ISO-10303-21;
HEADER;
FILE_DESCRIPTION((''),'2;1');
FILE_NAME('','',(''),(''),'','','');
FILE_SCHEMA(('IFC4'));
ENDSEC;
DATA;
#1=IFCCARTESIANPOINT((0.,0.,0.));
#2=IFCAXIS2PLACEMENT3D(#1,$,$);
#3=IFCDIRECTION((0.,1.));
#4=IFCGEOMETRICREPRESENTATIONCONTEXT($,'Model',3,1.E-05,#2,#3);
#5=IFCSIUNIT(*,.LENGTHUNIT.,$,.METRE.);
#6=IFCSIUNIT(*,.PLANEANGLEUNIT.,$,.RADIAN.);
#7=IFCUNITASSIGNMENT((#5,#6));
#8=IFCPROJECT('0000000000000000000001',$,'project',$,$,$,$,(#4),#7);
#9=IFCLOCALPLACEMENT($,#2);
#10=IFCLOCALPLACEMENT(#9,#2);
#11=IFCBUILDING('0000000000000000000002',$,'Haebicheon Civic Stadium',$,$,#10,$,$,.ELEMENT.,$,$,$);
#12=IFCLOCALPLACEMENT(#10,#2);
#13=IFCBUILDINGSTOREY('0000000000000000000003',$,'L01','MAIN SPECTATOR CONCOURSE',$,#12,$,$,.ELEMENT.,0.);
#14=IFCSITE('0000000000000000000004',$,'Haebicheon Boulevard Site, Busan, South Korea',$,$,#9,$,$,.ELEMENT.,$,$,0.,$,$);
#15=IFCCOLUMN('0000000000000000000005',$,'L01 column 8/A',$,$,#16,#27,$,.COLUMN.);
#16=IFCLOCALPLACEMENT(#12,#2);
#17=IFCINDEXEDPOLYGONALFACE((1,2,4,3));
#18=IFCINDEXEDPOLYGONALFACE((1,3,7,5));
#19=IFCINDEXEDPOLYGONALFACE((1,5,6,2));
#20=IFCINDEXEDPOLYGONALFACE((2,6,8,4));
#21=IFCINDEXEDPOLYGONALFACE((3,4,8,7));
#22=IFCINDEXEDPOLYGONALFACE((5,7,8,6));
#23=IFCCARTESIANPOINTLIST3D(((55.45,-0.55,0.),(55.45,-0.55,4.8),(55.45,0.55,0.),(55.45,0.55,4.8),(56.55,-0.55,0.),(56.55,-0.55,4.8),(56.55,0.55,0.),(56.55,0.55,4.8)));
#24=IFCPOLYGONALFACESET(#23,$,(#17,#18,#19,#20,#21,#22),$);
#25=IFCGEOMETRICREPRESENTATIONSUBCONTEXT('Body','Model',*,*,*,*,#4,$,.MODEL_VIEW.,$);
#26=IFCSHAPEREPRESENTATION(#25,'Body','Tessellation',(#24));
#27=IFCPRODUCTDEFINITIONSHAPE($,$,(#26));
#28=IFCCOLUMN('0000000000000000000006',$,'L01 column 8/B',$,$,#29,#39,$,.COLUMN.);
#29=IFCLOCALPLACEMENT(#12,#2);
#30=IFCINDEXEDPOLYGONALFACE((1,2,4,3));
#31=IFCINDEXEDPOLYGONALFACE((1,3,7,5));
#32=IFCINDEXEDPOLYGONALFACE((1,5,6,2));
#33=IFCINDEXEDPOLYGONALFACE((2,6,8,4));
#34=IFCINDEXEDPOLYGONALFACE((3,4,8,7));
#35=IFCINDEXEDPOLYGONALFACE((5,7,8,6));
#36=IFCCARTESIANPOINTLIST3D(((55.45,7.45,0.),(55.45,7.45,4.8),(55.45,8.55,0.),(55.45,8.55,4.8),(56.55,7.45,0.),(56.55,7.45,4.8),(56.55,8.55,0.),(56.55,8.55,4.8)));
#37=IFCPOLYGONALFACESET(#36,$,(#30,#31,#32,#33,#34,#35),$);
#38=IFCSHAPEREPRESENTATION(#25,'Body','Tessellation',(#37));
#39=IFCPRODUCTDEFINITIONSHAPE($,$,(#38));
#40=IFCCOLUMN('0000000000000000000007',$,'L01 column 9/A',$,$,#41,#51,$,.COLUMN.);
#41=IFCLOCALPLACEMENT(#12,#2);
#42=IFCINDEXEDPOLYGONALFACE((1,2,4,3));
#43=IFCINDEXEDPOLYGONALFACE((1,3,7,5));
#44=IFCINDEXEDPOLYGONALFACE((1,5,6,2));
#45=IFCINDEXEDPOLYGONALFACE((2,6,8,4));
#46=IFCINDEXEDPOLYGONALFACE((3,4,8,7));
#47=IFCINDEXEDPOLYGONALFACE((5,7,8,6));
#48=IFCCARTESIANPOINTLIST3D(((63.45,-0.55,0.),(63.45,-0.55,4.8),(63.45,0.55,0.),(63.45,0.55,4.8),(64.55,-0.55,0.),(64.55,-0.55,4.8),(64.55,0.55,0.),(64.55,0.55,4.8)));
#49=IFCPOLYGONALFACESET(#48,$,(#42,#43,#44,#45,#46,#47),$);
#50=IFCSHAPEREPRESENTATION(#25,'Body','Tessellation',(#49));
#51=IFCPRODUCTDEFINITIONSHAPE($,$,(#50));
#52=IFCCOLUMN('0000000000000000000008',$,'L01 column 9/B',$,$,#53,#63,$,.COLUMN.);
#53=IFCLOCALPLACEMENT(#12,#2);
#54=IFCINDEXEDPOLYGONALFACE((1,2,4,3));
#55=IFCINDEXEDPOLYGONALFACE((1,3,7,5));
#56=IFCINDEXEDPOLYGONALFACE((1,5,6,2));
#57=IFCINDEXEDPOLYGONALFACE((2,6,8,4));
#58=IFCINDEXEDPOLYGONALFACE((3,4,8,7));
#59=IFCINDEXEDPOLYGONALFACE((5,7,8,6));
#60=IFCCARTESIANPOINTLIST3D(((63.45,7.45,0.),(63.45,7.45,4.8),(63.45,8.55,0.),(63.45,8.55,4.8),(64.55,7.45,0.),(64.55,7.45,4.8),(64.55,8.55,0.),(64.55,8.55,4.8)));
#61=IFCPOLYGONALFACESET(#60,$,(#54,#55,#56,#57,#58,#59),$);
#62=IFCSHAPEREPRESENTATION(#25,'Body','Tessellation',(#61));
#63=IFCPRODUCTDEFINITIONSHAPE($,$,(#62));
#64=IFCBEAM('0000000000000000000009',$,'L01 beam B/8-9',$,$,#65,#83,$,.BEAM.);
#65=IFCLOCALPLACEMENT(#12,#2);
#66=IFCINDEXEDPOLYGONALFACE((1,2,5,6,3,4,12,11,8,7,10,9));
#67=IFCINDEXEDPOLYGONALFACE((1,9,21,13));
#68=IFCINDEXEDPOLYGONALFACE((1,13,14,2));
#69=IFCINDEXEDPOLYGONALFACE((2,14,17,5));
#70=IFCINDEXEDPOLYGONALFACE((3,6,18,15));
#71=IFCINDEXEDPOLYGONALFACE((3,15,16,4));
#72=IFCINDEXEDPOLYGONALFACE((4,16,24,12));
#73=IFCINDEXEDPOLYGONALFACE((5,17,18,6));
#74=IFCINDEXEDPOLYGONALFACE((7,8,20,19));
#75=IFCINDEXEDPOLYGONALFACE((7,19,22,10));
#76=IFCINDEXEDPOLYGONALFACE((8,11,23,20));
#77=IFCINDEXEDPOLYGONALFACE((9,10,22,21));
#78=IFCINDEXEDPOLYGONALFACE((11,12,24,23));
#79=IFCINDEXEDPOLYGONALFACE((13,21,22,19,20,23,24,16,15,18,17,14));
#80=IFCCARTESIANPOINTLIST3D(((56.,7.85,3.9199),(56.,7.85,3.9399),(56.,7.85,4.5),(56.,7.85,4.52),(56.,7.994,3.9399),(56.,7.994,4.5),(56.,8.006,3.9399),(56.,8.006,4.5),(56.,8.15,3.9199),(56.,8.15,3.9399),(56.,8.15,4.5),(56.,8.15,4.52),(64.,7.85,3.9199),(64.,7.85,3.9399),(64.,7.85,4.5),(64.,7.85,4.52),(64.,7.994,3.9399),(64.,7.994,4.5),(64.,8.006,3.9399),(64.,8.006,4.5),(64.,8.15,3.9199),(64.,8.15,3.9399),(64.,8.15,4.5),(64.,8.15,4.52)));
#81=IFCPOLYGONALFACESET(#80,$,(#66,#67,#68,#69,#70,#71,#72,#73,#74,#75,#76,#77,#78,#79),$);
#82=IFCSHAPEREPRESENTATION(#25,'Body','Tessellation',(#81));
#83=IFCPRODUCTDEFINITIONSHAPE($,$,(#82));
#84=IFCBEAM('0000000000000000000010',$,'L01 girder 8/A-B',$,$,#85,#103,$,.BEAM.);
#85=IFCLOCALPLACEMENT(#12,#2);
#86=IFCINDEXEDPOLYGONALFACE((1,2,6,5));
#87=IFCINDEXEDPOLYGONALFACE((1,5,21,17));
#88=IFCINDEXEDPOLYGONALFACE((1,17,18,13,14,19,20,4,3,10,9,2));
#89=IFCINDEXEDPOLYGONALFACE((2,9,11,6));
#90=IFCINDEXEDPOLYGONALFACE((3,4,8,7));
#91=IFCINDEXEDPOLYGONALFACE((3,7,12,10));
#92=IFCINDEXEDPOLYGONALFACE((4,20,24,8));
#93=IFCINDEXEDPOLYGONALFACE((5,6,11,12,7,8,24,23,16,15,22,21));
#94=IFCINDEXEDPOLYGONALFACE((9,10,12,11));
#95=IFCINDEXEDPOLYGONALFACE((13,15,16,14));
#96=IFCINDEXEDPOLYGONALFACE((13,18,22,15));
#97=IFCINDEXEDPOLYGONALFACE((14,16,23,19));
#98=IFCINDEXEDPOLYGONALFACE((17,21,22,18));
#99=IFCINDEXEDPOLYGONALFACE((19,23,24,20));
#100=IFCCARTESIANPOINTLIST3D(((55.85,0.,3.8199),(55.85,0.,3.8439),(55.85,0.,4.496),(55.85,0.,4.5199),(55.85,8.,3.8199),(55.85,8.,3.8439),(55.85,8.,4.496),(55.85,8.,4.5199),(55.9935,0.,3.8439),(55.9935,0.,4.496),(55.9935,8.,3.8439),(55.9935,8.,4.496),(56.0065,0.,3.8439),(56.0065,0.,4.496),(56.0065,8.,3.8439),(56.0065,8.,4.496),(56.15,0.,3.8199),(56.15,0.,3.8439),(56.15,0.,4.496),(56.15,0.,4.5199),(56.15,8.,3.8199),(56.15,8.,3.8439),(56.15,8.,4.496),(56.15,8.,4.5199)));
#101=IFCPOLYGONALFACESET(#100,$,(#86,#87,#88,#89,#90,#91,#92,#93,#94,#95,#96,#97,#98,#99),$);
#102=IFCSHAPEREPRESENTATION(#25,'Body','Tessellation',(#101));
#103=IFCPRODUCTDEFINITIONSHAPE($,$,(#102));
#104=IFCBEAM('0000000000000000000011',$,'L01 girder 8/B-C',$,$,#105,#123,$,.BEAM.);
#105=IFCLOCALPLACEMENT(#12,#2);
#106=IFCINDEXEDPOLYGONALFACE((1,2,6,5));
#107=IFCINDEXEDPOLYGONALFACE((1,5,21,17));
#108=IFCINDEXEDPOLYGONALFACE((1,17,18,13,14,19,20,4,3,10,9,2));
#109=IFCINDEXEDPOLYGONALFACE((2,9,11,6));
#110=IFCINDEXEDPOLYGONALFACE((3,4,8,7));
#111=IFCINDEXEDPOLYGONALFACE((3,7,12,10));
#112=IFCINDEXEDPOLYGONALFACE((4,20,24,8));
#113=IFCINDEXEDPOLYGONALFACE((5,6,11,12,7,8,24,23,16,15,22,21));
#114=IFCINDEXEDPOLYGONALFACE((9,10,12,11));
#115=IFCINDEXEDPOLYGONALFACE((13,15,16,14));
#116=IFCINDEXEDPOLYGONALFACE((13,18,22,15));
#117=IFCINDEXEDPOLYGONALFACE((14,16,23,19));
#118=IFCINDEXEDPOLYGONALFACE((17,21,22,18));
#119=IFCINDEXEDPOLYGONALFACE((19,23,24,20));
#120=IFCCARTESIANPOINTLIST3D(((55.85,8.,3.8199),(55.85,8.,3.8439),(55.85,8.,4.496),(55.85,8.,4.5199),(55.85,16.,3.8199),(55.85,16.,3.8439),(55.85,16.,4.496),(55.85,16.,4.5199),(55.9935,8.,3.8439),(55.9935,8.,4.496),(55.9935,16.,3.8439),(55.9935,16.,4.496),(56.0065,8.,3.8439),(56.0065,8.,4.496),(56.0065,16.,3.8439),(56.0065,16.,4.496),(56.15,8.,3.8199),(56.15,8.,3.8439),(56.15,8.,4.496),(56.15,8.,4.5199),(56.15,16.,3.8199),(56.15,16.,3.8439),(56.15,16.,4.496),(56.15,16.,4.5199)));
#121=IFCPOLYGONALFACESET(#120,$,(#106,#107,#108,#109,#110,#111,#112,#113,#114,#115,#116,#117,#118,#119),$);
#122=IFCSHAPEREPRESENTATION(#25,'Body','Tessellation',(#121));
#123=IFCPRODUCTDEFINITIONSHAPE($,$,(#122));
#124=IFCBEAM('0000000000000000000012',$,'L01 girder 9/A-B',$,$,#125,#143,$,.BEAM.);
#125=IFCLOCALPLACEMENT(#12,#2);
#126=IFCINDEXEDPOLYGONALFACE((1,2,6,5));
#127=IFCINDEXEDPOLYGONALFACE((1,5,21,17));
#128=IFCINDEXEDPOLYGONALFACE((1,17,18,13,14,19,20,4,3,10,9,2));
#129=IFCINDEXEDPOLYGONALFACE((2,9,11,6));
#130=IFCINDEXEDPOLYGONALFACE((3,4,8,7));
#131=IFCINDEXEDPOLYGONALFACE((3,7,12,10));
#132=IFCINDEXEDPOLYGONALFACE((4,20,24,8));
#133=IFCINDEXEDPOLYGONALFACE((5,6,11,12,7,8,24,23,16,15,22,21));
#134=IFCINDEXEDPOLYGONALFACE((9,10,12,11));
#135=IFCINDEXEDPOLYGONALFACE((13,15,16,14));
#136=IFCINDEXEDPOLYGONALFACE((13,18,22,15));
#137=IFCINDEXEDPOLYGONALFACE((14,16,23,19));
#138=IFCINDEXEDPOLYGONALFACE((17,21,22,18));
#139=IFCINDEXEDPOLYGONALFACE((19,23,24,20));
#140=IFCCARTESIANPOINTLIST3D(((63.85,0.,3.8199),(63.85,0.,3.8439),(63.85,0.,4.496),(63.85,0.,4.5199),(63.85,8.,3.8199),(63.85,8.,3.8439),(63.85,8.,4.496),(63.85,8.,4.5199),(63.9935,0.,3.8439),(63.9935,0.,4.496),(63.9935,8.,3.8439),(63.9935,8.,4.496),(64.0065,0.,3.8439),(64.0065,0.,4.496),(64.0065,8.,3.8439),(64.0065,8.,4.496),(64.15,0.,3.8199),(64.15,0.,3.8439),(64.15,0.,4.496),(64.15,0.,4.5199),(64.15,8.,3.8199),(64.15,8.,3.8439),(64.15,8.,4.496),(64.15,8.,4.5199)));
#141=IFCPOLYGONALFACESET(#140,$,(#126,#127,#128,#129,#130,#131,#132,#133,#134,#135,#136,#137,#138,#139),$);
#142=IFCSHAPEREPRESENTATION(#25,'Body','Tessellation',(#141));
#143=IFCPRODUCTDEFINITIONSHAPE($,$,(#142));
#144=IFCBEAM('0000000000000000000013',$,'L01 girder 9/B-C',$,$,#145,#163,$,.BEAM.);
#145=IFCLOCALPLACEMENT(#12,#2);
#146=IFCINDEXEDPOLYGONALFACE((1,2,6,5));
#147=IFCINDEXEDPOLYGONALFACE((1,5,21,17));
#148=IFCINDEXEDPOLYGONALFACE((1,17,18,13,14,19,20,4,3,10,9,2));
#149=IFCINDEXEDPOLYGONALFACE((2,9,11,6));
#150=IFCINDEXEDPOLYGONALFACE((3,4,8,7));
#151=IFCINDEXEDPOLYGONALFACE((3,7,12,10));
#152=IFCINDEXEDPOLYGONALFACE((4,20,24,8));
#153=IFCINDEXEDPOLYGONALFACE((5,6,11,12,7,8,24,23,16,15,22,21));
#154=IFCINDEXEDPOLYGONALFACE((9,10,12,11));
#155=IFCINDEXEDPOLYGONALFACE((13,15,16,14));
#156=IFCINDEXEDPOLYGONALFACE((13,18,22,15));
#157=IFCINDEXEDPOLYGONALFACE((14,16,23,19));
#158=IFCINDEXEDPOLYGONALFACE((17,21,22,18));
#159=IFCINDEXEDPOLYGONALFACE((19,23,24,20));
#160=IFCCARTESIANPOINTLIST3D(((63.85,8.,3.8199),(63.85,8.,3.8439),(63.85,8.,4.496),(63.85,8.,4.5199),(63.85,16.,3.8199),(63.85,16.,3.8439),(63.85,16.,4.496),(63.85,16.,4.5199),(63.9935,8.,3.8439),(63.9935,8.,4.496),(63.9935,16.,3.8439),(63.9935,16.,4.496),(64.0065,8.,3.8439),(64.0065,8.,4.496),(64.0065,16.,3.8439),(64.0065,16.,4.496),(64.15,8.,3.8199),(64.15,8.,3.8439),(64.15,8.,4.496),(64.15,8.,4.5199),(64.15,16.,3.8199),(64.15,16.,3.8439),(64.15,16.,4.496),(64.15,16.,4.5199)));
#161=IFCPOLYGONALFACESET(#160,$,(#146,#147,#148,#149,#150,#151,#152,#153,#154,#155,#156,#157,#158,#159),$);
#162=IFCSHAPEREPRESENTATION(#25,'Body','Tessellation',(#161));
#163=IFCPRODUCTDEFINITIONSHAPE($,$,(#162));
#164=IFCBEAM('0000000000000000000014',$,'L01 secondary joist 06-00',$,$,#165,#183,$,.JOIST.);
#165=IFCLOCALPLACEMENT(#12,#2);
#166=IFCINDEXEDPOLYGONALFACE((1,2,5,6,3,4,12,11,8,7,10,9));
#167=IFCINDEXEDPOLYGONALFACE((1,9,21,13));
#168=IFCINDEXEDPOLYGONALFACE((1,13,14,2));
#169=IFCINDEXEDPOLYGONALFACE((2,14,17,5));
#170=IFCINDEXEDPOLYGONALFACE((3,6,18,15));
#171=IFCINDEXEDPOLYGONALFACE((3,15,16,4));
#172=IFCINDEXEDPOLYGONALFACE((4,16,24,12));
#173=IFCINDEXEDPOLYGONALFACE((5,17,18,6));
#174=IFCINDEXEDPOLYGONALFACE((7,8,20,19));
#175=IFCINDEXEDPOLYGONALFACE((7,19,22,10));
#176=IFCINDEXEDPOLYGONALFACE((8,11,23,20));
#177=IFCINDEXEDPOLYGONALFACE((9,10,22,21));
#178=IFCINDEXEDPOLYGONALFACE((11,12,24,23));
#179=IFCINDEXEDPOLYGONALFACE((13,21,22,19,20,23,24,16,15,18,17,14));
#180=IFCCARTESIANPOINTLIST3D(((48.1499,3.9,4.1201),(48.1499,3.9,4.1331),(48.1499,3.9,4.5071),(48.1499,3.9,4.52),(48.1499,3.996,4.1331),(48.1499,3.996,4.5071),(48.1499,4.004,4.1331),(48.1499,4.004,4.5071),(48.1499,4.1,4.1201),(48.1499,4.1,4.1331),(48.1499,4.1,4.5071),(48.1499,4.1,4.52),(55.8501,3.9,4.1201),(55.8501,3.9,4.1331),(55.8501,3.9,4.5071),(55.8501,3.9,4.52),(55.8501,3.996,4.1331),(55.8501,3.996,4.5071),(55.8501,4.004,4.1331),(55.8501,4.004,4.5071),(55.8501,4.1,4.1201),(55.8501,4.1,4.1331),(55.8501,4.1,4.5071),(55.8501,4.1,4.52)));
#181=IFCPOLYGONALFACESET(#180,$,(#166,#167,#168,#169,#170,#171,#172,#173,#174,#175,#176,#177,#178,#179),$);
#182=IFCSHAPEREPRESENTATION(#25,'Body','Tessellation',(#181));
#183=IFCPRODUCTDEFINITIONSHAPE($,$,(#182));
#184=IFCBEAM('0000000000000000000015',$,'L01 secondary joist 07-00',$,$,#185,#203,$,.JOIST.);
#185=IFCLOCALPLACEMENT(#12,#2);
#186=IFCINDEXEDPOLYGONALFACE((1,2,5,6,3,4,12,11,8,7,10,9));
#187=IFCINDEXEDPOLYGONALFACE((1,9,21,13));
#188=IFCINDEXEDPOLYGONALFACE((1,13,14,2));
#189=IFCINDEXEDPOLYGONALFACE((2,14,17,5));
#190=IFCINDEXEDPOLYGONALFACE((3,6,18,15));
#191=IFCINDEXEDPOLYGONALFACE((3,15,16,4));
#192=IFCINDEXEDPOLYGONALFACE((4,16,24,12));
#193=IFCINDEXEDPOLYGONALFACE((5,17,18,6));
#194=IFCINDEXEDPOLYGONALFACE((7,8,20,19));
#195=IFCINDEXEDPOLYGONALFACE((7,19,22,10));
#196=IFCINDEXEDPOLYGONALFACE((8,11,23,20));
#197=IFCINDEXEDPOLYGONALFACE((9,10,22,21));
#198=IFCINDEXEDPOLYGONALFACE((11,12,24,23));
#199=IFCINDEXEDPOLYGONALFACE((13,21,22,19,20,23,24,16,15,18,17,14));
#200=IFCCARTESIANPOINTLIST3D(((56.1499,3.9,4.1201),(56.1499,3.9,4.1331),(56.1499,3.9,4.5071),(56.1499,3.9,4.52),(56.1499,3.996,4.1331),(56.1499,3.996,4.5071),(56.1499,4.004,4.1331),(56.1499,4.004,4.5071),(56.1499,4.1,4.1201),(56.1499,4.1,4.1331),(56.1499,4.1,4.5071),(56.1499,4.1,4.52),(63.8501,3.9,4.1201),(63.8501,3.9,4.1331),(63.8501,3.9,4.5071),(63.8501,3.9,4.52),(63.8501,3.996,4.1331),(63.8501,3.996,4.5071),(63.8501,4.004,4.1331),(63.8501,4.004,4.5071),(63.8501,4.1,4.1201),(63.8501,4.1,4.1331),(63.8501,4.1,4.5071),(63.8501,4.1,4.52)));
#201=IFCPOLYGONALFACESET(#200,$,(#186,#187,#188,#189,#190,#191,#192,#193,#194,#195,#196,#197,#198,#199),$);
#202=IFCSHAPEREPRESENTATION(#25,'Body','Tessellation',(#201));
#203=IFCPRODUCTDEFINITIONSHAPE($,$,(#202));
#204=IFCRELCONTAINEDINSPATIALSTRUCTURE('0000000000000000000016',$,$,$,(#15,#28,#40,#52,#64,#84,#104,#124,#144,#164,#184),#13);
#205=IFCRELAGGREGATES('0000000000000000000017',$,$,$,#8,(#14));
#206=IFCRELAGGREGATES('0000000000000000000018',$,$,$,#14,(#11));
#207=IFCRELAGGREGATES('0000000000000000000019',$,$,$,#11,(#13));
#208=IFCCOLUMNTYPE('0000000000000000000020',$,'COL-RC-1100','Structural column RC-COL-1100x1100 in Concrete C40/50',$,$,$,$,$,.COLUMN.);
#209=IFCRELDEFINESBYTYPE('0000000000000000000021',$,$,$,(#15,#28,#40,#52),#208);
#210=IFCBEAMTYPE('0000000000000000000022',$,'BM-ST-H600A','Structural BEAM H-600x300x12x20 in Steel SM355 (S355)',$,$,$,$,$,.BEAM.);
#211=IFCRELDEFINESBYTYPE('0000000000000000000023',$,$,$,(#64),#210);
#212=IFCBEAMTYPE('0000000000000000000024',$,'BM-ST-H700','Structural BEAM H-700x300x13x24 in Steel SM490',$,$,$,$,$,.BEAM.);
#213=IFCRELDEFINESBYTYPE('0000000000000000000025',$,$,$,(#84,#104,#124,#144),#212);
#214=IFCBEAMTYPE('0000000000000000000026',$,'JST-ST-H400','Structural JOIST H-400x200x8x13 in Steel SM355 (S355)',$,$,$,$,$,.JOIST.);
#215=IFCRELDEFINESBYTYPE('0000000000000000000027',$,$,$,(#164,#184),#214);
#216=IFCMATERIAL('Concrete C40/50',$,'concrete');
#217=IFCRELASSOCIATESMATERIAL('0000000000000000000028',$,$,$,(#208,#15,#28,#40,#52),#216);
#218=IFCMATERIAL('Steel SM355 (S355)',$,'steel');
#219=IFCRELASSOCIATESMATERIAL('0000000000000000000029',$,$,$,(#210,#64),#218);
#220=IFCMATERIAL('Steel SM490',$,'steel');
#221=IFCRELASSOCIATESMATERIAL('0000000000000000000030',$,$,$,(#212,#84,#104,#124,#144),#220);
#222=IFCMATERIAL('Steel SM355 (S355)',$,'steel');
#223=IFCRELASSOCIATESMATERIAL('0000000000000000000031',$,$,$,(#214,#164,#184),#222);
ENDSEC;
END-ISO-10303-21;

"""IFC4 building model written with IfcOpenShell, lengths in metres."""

from ifc_helpers import new_model, si_unit, direction, frame, origin, origin_2d, place, context, subcontext, project, spatial, rectangle, i_section, extrude, material, material_profile, profile_set, type_object, element, save


model = new_model("IFC4")

# Units and contexts
model_context = context("Model", 3, precision=1e-05, world=origin(), true_north=direction((0.0, 1.0)))
body_context = subcontext(model_context, "Body", "Model", "MODEL_VIEW")
ifc_project = project(units=[si_unit("LENGTHUNIT", "METRE"), si_unit("PLANEANGLEUNIT", "RADIAN")], contexts=[model_context])

# Site, building, storey
site_placement = place(None, origin())
site = spatial("IfcSite", under=ifc_project, at=site_placement, Name="Haebicheon Boulevard Site, Busan, South Korea", CompositionType="ELEMENT", RefElevation=0.0)
building_placement = place(site_placement, origin())
building = spatial("IfcBuilding", under=site, at=building_placement, Name="Haebicheon Civic Stadium", CompositionType="ELEMENT")
storey_placement = place(building_placement, origin())
storey = spatial("IfcBuildingStorey", under=building, at=storey_placement, Name="L01", Description="MAIN SPECTATOR CONCOURSE", CompositionType="ELEMENT", Elevation=0.0)

# Columns
ifc_material_1 = material(Name="Concrete C40/50", Category="concrete")
ifc_material_profile_1 = material_profile(ifc_material_1, rectangle(XDim=1.1001, YDim=1.1001, at=origin_2d()), Name="RC-COL-1100x1100")
ifc_profile_set_1 = profile_set([ifc_material_profile_1], Name="Concrete C40/50")
column_type = type_object("IfcColumnType", Name="COL-RC-1100", Description="Structural column RC-COL-1100x1100 in Concrete C40/50", PredefinedType="COLUMN", material=ifc_profile_set_1)
for number, where, z_axis, x_axis, name in (
    (1, (56.0, 0.0, 0.0), (0.0, 0.0, 1.0), (1.0, 0.0, 0.0), "L01 column 8/A"),
    (2, (56.0, 8.0, 0.0), (0.0, 0.0, 1.0), (1.0, 0.0, 0.0), "L01 column 8/B"),
    (3, (64.0, 0.0, 0.0), (0.0, 0.0, 1.0), (1.0, 0.0, 0.0), "L01 column 9/A"),
    (4, (64.0, 8.0, 0.0), (0.0, 0.0, 1.0), (1.0, 0.0, 0.0), "L01 column 9/B"),
):
    element("IfcColumn", number, at=place(storey_placement, frame(where, z_axis=z_axis, x_axis=x_axis)), inside=storey, type_object=column_type, material=ifc_profile_set_1, Name=name, PredefinedType="COLUMN", context=body_context, shape_type="SweptSolid", body=[
        extrude(rectangle(XDim=1.1001, YDim=1.1001, at=origin_2d()), origin(), (0.0, 0.0, 1.0), 4.8),
    ])

# Beams
ifc_material_2 = material(Name="Steel SM355 (S355)", Category="steel")
ifc_material_profile_2 = material_profile(ifc_material_2, i_section(OverallWidth=0.3, OverallDepth=0.6001, WebThickness=0.012, FlangeThickness=0.02, at=origin_2d()), Name="H-600x300x12x20")
ifc_profile_set_2 = profile_set([ifc_material_profile_2], Name="Steel SM355 (S355)")
beam_type_1 = type_object("IfcBeamType", Name="BM-ST-H600A", Description="Structural BEAM H-600x300x12x20 in Steel SM355 (S355)", PredefinedType="BEAM", material=ifc_profile_set_2)
beam_placement = place(storey_placement, frame((56.0, 8.0, 4.22), z_axis=(1.0, 0.0, 0.0), x_axis=(0.0, 1.0, 0.0)))
element("IfcBeam", 5, at=beam_placement, inside=storey, type_object=beam_type_1, material=ifc_profile_set_2, Name="L01 beam B/8-9", PredefinedType="BEAM", context=body_context, shape_type="SweptSolid", body=[
    extrude(i_section(OverallWidth=0.3, OverallDepth=0.6001, WebThickness=0.012, FlangeThickness=0.02, at=origin_2d()), origin(), (0.0, 0.0, 1.0), 8.0),
])
ifc_material_3 = material(Name="Steel SM490", Category="steel")
ifc_material_profile_3 = material_profile(ifc_material_3, i_section(OverallWidth=0.3, OverallDepth=0.7, WebThickness=0.0129, FlangeThickness=0.0239, at=origin_2d()), Name="H-700x300x13x24")
ifc_profile_set_3 = profile_set([ifc_material_profile_3], Name="Steel SM490")
beam_type_2 = type_object("IfcBeamType", Name="BM-ST-H700", Description="Structural BEAM H-700x300x13x24 in Steel SM490", PredefinedType="BEAM", material=ifc_profile_set_3)
for number, where, z_axis, x_axis, name in (
    (6, (56.0, 0.0, 4.1699), (0.0, 1.0, 0.0), (-1.0, 0.0, 0.0), "L01 girder 8/A-B"),
    (7, (56.0, 8.0, 4.1699), (0.0, 1.0, 0.0), (-1.0, 0.0, 0.0), "L01 girder 8/B-C"),
    (8, (64.0, 0.0, 4.1699), (0.0, 1.0, 0.0), (-1.0, 0.0, 0.0), "L01 girder 9/A-B"),
    (9, (64.0, 8.0, 4.1699), (0.0, 1.0, 0.0), (-1.0, 0.0, 0.0), "L01 girder 9/B-C"),
):
    element("IfcBeam", number, at=place(storey_placement, frame(where, z_axis=z_axis, x_axis=x_axis)), inside=storey, type_object=beam_type_2, material=ifc_profile_set_3, Name=name, PredefinedType="BEAM", context=body_context, shape_type="SweptSolid", body=[
        extrude(i_section(OverallWidth=0.3, OverallDepth=0.7, WebThickness=0.0129, FlangeThickness=0.0239, at=origin_2d()), origin(), (0.0, 0.0, 1.0), 8.0),
    ])
ifc_material_4 = material(Name="Steel SM355 (S355)", Category="steel")
ifc_material_profile_4 = material_profile(ifc_material_4, i_section(OverallWidth=0.2, OverallDepth=0.3999, WebThickness=0.0081, FlangeThickness=0.0129, at=origin_2d()), Name="H-400x200x8x13")
ifc_profile_set_4 = profile_set([ifc_material_profile_4], Name="Steel SM355 (S355)")
beam_type_3 = type_object("IfcBeamType", Name="JST-ST-H400", Description="Structural JOIST H-400x200x8x13 in Steel SM355 (S355)", PredefinedType="JOIST", material=ifc_profile_set_4)
for number, where, z_axis, x_axis, name in (
    (10, (48.1499, 4.0, 4.3201), (1.0, 0.0, 0.0), (0.0, 1.0, 0.0), "L01 secondary joist 06-00"),
    (11, (56.1499, 4.0, 4.3201), (1.0, 0.0, 0.0), (0.0, 1.0, 0.0), "L01 secondary joist 07-00"),
):
    element("IfcBeam", number, at=place(storey_placement, frame(where, z_axis=z_axis, x_axis=x_axis)), inside=storey, type_object=beam_type_3, material=ifc_profile_set_4, Name=name, PredefinedType="JOIST", context=body_context, shape_type="SweptSolid", body=[
        extrude(i_section(OverallWidth=0.2, OverallDepth=0.3999, WebThickness=0.0081, FlangeThickness=0.0129, at=origin_2d()), origin(), (0.0, 0.0, 1.0), 7.7002),
    ])

save(model, "model.ifc")
